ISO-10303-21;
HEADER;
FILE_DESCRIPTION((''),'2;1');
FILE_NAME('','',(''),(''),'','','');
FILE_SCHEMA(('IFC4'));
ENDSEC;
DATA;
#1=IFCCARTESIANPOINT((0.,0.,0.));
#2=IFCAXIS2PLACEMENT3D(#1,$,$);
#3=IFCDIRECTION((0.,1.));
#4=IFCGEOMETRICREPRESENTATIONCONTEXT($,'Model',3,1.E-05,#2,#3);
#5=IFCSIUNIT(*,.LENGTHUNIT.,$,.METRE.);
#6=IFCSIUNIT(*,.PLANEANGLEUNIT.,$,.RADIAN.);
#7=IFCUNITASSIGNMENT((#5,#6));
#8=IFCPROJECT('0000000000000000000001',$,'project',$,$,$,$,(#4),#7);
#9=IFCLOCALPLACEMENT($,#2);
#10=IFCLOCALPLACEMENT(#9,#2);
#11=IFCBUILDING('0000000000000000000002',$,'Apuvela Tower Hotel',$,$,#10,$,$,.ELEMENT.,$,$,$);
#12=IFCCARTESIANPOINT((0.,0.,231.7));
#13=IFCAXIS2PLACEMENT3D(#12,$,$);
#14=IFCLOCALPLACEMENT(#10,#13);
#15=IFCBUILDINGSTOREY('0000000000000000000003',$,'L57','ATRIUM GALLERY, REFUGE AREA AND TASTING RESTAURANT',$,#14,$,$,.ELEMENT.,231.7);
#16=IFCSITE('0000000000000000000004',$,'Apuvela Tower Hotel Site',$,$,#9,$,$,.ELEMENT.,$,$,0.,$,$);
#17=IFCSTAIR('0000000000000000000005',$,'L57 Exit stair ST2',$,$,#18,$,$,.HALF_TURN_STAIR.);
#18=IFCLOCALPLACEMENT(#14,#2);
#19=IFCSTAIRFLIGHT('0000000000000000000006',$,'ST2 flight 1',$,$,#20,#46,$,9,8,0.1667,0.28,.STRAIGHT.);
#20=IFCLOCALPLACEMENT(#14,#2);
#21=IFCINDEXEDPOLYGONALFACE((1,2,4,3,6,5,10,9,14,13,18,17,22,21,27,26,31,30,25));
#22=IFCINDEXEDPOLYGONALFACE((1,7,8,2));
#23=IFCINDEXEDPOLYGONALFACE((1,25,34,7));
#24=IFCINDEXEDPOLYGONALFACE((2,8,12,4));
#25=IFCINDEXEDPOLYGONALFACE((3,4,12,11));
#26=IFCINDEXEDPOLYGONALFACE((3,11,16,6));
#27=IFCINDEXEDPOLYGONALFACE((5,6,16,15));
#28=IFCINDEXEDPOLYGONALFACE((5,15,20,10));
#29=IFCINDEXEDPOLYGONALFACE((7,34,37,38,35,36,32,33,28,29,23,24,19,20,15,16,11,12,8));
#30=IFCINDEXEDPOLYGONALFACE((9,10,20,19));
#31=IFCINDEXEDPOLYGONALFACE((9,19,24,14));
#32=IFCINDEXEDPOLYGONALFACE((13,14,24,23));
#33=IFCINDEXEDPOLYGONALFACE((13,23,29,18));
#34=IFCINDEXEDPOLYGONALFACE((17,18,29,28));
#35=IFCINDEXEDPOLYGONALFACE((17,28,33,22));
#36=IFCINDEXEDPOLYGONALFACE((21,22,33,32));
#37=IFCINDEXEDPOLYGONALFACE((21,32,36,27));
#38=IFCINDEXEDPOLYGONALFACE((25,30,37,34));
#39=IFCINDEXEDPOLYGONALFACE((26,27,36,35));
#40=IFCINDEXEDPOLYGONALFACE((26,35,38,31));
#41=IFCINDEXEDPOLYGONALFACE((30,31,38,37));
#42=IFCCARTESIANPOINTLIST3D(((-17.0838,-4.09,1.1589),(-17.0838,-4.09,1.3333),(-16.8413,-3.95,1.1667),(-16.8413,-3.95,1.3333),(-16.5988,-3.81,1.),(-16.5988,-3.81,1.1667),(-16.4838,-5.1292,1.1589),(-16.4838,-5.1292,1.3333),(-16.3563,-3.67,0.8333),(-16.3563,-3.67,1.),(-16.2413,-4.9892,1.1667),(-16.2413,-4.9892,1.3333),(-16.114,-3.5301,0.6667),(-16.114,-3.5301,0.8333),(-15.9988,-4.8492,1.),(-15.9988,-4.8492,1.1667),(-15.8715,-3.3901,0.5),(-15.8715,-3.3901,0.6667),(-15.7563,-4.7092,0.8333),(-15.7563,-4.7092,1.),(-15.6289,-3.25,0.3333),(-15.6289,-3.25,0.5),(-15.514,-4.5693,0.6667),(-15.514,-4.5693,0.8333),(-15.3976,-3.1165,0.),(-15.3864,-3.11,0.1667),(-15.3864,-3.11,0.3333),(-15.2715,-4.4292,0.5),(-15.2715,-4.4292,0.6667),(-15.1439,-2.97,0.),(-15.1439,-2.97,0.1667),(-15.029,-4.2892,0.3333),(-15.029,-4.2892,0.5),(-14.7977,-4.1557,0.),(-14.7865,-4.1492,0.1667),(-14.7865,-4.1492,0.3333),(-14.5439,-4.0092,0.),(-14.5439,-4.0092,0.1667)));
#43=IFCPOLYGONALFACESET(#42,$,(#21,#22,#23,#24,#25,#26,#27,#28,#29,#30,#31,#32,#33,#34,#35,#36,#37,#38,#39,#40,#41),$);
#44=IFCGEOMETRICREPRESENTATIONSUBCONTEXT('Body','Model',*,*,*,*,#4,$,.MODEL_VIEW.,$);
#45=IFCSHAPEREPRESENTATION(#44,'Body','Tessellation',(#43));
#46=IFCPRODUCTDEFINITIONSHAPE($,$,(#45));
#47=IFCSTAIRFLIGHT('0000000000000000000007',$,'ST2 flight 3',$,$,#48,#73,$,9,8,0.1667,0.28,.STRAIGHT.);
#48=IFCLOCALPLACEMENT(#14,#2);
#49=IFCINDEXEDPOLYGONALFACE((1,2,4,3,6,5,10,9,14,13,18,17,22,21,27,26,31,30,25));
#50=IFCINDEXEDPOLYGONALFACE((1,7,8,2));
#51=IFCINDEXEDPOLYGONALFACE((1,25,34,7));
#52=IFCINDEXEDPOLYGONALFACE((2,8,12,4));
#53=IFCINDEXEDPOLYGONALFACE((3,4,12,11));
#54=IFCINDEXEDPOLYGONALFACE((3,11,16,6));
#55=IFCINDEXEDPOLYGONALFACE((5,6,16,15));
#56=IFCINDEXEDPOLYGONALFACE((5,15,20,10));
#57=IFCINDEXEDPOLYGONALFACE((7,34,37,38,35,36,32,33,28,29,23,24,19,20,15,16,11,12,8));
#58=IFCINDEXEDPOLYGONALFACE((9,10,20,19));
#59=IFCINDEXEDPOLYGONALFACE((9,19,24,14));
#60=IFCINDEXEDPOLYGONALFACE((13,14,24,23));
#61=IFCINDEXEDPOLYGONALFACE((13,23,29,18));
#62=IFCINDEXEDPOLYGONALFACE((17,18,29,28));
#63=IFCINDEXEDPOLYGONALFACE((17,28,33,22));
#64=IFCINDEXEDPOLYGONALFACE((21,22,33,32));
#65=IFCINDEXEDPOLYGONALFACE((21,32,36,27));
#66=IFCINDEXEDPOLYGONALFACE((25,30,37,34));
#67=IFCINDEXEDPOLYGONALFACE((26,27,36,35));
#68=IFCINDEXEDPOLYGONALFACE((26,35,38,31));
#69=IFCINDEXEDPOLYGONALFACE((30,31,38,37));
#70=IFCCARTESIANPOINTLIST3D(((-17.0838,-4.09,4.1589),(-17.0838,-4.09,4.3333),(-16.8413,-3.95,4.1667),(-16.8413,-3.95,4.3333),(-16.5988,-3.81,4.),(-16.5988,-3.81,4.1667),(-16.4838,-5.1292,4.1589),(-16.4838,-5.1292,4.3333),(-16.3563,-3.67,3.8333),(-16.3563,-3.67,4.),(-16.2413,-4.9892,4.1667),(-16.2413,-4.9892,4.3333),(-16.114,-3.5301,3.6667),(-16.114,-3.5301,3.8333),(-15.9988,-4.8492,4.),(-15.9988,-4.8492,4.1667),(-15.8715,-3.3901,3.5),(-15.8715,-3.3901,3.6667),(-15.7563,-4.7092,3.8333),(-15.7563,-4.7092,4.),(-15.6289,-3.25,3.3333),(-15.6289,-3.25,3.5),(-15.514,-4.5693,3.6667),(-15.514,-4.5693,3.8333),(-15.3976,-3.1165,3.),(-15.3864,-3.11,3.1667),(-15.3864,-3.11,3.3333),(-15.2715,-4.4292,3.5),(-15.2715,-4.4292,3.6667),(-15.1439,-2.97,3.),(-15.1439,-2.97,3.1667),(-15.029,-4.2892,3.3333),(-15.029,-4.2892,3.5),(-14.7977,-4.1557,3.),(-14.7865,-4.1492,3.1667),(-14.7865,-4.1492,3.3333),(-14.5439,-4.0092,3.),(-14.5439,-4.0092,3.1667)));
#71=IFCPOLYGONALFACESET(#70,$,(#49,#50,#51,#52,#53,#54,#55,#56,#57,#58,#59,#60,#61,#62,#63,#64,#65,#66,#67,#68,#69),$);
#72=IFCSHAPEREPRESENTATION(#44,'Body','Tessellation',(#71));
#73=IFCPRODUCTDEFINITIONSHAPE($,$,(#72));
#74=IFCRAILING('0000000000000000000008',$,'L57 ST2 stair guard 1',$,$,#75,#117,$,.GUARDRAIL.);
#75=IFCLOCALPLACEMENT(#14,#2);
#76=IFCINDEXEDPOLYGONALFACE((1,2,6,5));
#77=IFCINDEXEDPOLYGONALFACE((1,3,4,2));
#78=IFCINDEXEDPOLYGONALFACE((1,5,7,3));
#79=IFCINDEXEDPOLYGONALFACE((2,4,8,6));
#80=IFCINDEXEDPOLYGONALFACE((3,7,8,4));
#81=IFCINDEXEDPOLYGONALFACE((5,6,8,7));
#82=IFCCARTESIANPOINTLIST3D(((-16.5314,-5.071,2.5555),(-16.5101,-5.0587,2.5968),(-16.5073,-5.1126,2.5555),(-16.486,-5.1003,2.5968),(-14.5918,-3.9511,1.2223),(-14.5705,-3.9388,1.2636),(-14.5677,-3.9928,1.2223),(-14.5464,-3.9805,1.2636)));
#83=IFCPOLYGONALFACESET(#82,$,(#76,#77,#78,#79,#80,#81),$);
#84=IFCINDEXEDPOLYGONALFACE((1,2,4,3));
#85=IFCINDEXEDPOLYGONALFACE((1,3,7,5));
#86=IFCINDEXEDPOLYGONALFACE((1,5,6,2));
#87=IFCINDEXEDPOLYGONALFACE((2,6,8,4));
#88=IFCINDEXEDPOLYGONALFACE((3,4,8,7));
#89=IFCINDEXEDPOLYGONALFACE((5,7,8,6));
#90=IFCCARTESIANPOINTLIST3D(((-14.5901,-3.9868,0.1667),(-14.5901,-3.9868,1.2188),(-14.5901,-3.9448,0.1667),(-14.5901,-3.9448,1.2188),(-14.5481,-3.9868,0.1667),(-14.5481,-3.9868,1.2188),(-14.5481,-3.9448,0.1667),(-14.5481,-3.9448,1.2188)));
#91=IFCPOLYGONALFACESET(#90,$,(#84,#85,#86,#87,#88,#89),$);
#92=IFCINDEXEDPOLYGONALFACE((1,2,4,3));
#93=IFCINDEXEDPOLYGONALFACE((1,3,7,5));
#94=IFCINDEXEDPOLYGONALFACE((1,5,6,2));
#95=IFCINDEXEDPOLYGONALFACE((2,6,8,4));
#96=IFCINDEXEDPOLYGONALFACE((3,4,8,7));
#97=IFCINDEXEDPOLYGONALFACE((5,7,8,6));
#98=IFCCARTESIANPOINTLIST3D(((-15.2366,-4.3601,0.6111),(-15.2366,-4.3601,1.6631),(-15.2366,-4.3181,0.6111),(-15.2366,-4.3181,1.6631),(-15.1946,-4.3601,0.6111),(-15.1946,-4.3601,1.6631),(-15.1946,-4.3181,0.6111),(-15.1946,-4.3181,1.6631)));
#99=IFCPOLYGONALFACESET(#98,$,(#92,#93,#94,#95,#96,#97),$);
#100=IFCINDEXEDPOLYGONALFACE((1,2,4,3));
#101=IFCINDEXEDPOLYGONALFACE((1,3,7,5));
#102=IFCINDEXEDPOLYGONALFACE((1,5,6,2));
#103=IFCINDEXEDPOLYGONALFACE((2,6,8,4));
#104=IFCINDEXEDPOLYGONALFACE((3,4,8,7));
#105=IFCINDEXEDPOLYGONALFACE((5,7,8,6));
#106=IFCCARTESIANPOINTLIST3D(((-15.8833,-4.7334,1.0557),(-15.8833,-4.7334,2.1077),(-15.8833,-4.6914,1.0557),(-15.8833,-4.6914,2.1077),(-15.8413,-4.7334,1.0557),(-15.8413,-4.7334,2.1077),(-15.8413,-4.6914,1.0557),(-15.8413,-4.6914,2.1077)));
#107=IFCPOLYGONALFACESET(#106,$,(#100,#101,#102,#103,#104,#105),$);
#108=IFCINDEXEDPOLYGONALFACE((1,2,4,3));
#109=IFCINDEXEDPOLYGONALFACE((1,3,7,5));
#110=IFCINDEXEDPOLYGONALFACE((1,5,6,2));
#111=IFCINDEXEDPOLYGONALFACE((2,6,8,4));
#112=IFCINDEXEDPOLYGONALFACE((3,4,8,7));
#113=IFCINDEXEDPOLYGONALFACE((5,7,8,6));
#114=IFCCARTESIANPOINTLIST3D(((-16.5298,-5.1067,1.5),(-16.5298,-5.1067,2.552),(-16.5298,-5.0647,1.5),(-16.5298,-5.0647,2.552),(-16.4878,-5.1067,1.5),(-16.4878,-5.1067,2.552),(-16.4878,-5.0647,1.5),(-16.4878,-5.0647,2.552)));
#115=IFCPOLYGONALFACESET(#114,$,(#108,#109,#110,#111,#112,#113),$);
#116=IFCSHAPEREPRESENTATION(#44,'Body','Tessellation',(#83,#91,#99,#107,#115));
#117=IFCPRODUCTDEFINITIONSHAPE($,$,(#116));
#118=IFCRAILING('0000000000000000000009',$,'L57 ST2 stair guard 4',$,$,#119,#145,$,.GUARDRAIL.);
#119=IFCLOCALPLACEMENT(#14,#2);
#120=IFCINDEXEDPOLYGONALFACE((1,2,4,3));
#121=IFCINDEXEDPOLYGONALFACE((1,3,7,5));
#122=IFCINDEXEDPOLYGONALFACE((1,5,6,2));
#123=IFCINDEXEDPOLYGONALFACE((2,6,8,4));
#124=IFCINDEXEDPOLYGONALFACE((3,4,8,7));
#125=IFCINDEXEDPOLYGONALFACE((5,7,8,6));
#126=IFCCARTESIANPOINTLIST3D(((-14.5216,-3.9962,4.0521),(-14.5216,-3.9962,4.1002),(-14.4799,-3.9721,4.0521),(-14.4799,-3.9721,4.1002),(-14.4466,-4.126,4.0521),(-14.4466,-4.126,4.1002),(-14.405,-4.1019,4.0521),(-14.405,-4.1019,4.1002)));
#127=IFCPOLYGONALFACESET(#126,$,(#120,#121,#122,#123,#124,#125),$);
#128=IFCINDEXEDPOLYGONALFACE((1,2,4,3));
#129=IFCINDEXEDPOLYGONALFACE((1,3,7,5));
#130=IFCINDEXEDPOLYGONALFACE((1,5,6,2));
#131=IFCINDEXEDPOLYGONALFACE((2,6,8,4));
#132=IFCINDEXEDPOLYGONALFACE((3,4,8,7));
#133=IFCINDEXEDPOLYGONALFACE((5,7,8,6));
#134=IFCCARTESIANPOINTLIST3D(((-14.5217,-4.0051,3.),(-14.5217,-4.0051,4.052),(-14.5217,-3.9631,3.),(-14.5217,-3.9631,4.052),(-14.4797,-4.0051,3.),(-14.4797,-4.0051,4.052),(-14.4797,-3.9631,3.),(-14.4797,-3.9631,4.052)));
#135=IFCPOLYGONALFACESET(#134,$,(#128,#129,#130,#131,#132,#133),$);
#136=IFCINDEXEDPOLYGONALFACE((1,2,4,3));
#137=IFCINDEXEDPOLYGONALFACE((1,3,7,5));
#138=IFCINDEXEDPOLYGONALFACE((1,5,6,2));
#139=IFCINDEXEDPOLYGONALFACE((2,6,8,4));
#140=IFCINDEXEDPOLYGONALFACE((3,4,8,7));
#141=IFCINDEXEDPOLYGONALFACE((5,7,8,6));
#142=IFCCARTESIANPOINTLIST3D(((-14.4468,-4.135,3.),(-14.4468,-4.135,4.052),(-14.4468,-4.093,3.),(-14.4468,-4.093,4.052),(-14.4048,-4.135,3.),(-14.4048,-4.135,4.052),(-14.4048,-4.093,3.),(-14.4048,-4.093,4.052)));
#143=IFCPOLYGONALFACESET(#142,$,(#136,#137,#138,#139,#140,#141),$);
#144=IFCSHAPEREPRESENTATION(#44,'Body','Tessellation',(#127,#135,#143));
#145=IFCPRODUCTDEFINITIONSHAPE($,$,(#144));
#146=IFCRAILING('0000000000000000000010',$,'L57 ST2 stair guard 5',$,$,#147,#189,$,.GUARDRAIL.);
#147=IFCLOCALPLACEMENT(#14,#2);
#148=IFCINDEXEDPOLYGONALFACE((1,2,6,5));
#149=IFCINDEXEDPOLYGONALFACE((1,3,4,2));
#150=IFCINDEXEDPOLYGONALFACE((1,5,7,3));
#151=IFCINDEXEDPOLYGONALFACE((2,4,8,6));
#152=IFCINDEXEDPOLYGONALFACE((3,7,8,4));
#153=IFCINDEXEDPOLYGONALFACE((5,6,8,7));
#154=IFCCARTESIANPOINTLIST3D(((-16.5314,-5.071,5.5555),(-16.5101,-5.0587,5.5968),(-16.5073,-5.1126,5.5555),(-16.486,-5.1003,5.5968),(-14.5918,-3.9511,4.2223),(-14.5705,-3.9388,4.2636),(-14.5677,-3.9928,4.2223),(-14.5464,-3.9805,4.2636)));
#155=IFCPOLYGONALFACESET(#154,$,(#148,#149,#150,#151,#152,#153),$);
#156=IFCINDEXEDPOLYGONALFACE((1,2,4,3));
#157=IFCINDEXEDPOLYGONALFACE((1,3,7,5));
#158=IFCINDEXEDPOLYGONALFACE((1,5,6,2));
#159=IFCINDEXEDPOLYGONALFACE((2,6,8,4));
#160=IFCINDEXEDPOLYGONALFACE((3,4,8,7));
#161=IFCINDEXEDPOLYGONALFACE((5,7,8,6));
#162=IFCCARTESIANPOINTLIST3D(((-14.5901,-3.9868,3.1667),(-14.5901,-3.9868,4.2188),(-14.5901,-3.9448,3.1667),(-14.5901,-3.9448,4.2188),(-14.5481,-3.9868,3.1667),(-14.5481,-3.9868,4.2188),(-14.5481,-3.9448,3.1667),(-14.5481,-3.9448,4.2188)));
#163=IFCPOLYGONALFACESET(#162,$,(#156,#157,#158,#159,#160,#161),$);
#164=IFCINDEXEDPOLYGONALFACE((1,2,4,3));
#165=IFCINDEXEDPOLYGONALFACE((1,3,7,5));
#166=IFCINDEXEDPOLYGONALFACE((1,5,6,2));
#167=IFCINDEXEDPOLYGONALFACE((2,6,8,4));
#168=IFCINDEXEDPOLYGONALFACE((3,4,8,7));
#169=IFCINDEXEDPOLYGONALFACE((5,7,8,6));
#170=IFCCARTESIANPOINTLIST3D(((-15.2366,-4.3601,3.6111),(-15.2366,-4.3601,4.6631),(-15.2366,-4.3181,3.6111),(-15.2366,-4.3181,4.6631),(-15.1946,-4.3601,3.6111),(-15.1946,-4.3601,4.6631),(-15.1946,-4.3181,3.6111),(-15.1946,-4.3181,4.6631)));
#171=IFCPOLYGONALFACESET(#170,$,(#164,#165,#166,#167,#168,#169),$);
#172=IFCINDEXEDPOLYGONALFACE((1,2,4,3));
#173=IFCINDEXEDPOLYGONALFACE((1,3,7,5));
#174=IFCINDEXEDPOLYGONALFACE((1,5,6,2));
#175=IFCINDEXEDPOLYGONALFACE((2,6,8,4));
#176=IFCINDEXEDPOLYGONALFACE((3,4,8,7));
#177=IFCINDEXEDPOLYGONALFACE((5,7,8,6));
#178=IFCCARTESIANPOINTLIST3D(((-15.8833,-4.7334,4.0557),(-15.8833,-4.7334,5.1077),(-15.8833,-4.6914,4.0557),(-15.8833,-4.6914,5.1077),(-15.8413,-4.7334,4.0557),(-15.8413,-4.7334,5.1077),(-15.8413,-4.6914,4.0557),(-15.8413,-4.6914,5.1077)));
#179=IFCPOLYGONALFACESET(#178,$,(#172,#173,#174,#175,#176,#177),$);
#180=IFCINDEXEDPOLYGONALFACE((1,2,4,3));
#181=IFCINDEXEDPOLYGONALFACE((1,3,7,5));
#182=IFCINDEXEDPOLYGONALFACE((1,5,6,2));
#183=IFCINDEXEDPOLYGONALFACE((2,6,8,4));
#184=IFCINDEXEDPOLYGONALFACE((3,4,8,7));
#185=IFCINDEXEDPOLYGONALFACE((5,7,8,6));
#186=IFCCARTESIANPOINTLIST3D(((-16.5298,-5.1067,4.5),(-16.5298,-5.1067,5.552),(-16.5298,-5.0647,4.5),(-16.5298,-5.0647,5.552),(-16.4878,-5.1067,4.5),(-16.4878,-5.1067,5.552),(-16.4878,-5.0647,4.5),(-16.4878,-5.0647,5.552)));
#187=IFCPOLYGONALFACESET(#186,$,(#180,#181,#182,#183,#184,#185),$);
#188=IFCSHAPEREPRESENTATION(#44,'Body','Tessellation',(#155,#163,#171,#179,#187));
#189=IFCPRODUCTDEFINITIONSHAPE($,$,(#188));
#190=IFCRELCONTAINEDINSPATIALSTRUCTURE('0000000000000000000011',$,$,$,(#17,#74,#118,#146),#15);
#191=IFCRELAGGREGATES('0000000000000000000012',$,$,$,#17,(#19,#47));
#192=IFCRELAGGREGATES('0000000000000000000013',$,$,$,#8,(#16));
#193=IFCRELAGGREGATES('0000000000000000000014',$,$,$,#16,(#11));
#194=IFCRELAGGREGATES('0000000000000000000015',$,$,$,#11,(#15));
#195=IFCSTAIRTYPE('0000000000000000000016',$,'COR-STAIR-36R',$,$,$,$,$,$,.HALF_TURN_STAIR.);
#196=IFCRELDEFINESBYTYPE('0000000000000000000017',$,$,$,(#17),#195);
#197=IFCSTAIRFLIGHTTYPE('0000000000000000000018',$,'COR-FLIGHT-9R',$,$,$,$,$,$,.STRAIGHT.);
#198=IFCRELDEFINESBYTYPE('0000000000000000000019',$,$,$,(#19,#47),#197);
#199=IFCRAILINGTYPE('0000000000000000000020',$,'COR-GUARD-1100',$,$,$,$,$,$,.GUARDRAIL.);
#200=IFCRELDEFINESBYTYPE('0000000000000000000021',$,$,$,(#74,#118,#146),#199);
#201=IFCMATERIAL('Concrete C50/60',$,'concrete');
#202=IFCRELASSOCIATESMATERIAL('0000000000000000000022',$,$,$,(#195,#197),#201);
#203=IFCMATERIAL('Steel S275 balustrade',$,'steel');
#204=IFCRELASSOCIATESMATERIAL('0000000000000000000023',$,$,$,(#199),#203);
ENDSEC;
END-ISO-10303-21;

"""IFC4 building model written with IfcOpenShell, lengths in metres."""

from ifc_helpers import new_model, si_unit, direction, frame, origin, origin_2d, place, context, subcontext, project, spatial, polyline, rectangle, outline, extrude, material, type_object, element, aggregate, save


model = new_model("IFC4")

# Units and contexts
model_context = context("Model", 3, precision=1e-05, world=origin(), true_north=direction((0.0, 1.0)))
body_context = subcontext(model_context, "Body", "Model", "MODEL_VIEW")
ifc_project = project(units=[si_unit("LENGTHUNIT", "METRE"), si_unit("PLANEANGLEUNIT", "RADIAN")], contexts=[model_context])

# Site, building, storey
site_placement = place(None, origin())
site = spatial("IfcSite", under=ifc_project, at=site_placement, Name="Apuvela Tower Hotel Site", CompositionType="ELEMENT", RefElevation=0.0)
building_placement = place(site_placement, origin())
building = spatial("IfcBuilding", under=site, at=building_placement, Name="Apuvela Tower Hotel", CompositionType="ELEMENT")
storey_placement = place(building_placement, frame((0.0, 0.0, 231.7)))
storey = spatial("IfcBuildingStorey", under=building, at=storey_placement, Name="L57", Description="ATRIUM GALLERY, REFUGE AREA AND TASTING RESTAURANT", CompositionType="ELEMENT", Elevation=231.7)

# Shared definitions
ifc_material_1 = material(Name="Concrete C50/60", Category="concrete")

# Stair, stair flights
stair_type = type_object("IfcStairType", Name="COR-STAIR-36R", PredefinedType="HALF_TURN_STAIR", material=ifc_material_1)
stair_placement = place(storey_placement, origin())
stair = element("IfcStair", 1, at=stair_placement, inside=storey, type_object=stair_type, Name="L57 Exit stair ST2", PredefinedType="HALF_TURN_STAIR")
stair_flight_type = type_object("IfcStairFlightType", Name="COR-FLIGHT-9R", PredefinedType="STRAIGHT", material=ifc_material_1)
stair_flight_1_placement = place(storey_placement, frame((-14.844, -3.4895, 0.0), z_axis=(0.0, 0.0, 1.0), x_axis=(-0.866025, -0.5, 0.0)))
stair_flight_1 = element("IfcStairFlight", 2, at=stair_flight_1_placement, type_object=stair_flight_type, Name="ST2 flight 1", NumberOfRisers=9, NumberOfTreads=8, PredefinedType="STRAIGHT", RiserHeight=0.1667, TreadLength=0.28, context=body_context, shape_type="SweptSolid", body=[
    extrude(outline(polyline([(0.0, 0.0), (0.0, 0.1667), (0.28, 0.1667), (0.28, 0.3333), (0.5601, 0.3333), (0.5601, 0.5), (0.8401, 0.5), (0.8401, 0.6667), (1.1201, 0.6667), (1.1201, 0.8333), (1.3999, 0.8333), (1.3999, 1.0), (1.6799, 1.0), (1.6799, 1.1667), (1.96, 1.1667), (1.96, 1.3333), (2.24, 1.3333), (2.24, 1.5), (2.24, 1.1589), (0.293, 0.0), (0.0, 0.0)])), frame((0.0, 0.6001, 0.0), z_axis=(0.0, -1.0, 0.0), x_axis=(1.0, 0.0, 0.0)), (0.0, 0.0, 1.0), 1.2),
])
stair_flight_2_placement = place(storey_placement, frame((-14.844, -3.4895, 3.0), z_axis=(0.0, 0.0, 1.0), x_axis=(-0.866025, -0.5, 0.0)))
stair_flight_2 = element("IfcStairFlight", 3, at=stair_flight_2_placement, type_object=stair_flight_type, Name="ST2 flight 3", NumberOfRisers=9, NumberOfTreads=8, PredefinedType="STRAIGHT", RiserHeight=0.1667, TreadLength=0.28, context=body_context, shape_type="SweptSolid", body=[
    extrude(outline(polyline([(0.0, 0.0), (0.0, 0.1667), (0.28, 0.1667), (0.28, 0.3333), (0.5601, 0.3333), (0.5601, 0.5), (0.8401, 0.5), (0.8401, 0.6667), (1.1201, 0.6667), (1.1201, 0.8333), (1.3999, 0.8333), (1.3999, 1.0), (1.6799, 1.0), (1.6799, 1.1667), (1.96, 1.1667), (1.96, 1.3333), (2.24, 1.3333), (2.24, 1.5), (2.24, 1.1589), (0.293, 0.0), (0.0, 0.0)])), frame((0.0, 0.6001, 0.0), z_axis=(0.0, -1.0, 0.0), x_axis=(1.0, 0.0, 0.0)), (0.0, 0.0, 1.0), 1.2),
])
aggregate(stair, [stair_flight_1, stair_flight_2])

# Railings
ifc_material_2 = material(Name="Steel S275 balustrade", Category="steel")
railing_type_1 = type_object("IfcRailingType", Name="COR-GUARD-1100", PredefinedType="GUARDRAIL", material=ifc_material_2)
railing_1_placement = place(storey_placement, frame((-14.5691, -3.9658, 0.1667)))
element("IfcRailing", 4, at=railing_1_placement, inside=storey, type_object=railing_type_1, Name="L57 ST2 stair guard 1", PredefinedType="GUARDRAIL", context=body_context, shape_type="SweptSolid", body=[
    extrude(rectangle(XDim=0.0481, YDim=0.0481, at=origin_2d()), frame((0.0, 0.0, 1.0762), z_axis=(-0.744163, -0.429638, 0.511501), x_axis=(0.499996, -0.866028, 0.0)), (0.0, 0.0, 1.0), 2.6064),
    extrude(rectangle(XDim=0.042, YDim=0.042, at=origin_2d()), origin(), (0.0, 0.0, 1.0), 1.052),
    extrude(rectangle(XDim=0.042, YDim=0.042, at=origin_2d()), frame((-0.6465, -0.3733, 0.4443)), (0.0, 0.0, 1.0), 1.052),
    extrude(rectangle(XDim=0.042, YDim=0.042, at=origin_2d()), frame((-1.2932, -0.7466, 0.8889)), (0.0, 0.0, 1.0), 1.052),
    extrude(rectangle(XDim=0.042, YDim=0.042, at=origin_2d()), frame((-1.9397, -1.1199, 1.3333)), (0.0, 0.0, 1.0), 1.052),
])
railing_2_placement = place(storey_placement, frame((-14.5007, -3.9841, 3.0)))
element("IfcRailing", 5, at=railing_2_placement, inside=storey, type_object=railing_type_1, Name="L57 ST2 stair guard 4", PredefinedType="GUARDRAIL", context=body_context, shape_type="SweptSolid", body=[
    extrude(rectangle(XDim=0.0481, YDim=0.0481, at=origin_2d()), frame((0.0, 0.0, 1.0762), z_axis=(0.499816, -0.866131, 0.0), x_axis=(0.866131, 0.499816, 0.0)), (0.0, 0.0, 1.0), 0.1499),
    extrude(rectangle(XDim=0.042, YDim=0.042, at=origin_2d()), origin(), (0.0, 0.0, 1.0), 1.052),
    extrude(rectangle(XDim=0.042, YDim=0.042, at=origin_2d()), frame((0.075, -0.1299, 0.0)), (0.0, 0.0, 1.0), 1.052),
])
railing_3_placement = place(storey_placement, frame((-14.5691, -3.9658, 3.1667)))
element("IfcRailing", 6, at=railing_3_placement, inside=storey, type_object=railing_type_1, Name="L57 ST2 stair guard 5", PredefinedType="GUARDRAIL", context=body_context, shape_type="SweptSolid", body=[
    extrude(rectangle(XDim=0.0481, YDim=0.0481, at=origin_2d()), frame((0.0, 0.0, 1.0762), z_axis=(-0.744163, -0.429638, 0.511501), x_axis=(0.499996, -0.866028, 0.0)), (0.0, 0.0, 1.0), 2.6064),
    extrude(rectangle(XDim=0.042, YDim=0.042, at=origin_2d()), origin(), (0.0, 0.0, 1.0), 1.052),
    extrude(rectangle(XDim=0.042, YDim=0.042, at=origin_2d()), frame((-0.6465, -0.3733, 0.4443)), (0.0, 0.0, 1.0), 1.052),
    extrude(rectangle(XDim=0.042, YDim=0.042, at=origin_2d()), frame((-1.2932, -0.7466, 0.8889)), (0.0, 0.0, 1.0), 1.052),
    extrude(rectangle(XDim=0.042, YDim=0.042, at=origin_2d()), frame((-1.9397, -1.1199, 1.3333)), (0.0, 0.0, 1.0), 1.052),
])

save(model, "model.ifc")
